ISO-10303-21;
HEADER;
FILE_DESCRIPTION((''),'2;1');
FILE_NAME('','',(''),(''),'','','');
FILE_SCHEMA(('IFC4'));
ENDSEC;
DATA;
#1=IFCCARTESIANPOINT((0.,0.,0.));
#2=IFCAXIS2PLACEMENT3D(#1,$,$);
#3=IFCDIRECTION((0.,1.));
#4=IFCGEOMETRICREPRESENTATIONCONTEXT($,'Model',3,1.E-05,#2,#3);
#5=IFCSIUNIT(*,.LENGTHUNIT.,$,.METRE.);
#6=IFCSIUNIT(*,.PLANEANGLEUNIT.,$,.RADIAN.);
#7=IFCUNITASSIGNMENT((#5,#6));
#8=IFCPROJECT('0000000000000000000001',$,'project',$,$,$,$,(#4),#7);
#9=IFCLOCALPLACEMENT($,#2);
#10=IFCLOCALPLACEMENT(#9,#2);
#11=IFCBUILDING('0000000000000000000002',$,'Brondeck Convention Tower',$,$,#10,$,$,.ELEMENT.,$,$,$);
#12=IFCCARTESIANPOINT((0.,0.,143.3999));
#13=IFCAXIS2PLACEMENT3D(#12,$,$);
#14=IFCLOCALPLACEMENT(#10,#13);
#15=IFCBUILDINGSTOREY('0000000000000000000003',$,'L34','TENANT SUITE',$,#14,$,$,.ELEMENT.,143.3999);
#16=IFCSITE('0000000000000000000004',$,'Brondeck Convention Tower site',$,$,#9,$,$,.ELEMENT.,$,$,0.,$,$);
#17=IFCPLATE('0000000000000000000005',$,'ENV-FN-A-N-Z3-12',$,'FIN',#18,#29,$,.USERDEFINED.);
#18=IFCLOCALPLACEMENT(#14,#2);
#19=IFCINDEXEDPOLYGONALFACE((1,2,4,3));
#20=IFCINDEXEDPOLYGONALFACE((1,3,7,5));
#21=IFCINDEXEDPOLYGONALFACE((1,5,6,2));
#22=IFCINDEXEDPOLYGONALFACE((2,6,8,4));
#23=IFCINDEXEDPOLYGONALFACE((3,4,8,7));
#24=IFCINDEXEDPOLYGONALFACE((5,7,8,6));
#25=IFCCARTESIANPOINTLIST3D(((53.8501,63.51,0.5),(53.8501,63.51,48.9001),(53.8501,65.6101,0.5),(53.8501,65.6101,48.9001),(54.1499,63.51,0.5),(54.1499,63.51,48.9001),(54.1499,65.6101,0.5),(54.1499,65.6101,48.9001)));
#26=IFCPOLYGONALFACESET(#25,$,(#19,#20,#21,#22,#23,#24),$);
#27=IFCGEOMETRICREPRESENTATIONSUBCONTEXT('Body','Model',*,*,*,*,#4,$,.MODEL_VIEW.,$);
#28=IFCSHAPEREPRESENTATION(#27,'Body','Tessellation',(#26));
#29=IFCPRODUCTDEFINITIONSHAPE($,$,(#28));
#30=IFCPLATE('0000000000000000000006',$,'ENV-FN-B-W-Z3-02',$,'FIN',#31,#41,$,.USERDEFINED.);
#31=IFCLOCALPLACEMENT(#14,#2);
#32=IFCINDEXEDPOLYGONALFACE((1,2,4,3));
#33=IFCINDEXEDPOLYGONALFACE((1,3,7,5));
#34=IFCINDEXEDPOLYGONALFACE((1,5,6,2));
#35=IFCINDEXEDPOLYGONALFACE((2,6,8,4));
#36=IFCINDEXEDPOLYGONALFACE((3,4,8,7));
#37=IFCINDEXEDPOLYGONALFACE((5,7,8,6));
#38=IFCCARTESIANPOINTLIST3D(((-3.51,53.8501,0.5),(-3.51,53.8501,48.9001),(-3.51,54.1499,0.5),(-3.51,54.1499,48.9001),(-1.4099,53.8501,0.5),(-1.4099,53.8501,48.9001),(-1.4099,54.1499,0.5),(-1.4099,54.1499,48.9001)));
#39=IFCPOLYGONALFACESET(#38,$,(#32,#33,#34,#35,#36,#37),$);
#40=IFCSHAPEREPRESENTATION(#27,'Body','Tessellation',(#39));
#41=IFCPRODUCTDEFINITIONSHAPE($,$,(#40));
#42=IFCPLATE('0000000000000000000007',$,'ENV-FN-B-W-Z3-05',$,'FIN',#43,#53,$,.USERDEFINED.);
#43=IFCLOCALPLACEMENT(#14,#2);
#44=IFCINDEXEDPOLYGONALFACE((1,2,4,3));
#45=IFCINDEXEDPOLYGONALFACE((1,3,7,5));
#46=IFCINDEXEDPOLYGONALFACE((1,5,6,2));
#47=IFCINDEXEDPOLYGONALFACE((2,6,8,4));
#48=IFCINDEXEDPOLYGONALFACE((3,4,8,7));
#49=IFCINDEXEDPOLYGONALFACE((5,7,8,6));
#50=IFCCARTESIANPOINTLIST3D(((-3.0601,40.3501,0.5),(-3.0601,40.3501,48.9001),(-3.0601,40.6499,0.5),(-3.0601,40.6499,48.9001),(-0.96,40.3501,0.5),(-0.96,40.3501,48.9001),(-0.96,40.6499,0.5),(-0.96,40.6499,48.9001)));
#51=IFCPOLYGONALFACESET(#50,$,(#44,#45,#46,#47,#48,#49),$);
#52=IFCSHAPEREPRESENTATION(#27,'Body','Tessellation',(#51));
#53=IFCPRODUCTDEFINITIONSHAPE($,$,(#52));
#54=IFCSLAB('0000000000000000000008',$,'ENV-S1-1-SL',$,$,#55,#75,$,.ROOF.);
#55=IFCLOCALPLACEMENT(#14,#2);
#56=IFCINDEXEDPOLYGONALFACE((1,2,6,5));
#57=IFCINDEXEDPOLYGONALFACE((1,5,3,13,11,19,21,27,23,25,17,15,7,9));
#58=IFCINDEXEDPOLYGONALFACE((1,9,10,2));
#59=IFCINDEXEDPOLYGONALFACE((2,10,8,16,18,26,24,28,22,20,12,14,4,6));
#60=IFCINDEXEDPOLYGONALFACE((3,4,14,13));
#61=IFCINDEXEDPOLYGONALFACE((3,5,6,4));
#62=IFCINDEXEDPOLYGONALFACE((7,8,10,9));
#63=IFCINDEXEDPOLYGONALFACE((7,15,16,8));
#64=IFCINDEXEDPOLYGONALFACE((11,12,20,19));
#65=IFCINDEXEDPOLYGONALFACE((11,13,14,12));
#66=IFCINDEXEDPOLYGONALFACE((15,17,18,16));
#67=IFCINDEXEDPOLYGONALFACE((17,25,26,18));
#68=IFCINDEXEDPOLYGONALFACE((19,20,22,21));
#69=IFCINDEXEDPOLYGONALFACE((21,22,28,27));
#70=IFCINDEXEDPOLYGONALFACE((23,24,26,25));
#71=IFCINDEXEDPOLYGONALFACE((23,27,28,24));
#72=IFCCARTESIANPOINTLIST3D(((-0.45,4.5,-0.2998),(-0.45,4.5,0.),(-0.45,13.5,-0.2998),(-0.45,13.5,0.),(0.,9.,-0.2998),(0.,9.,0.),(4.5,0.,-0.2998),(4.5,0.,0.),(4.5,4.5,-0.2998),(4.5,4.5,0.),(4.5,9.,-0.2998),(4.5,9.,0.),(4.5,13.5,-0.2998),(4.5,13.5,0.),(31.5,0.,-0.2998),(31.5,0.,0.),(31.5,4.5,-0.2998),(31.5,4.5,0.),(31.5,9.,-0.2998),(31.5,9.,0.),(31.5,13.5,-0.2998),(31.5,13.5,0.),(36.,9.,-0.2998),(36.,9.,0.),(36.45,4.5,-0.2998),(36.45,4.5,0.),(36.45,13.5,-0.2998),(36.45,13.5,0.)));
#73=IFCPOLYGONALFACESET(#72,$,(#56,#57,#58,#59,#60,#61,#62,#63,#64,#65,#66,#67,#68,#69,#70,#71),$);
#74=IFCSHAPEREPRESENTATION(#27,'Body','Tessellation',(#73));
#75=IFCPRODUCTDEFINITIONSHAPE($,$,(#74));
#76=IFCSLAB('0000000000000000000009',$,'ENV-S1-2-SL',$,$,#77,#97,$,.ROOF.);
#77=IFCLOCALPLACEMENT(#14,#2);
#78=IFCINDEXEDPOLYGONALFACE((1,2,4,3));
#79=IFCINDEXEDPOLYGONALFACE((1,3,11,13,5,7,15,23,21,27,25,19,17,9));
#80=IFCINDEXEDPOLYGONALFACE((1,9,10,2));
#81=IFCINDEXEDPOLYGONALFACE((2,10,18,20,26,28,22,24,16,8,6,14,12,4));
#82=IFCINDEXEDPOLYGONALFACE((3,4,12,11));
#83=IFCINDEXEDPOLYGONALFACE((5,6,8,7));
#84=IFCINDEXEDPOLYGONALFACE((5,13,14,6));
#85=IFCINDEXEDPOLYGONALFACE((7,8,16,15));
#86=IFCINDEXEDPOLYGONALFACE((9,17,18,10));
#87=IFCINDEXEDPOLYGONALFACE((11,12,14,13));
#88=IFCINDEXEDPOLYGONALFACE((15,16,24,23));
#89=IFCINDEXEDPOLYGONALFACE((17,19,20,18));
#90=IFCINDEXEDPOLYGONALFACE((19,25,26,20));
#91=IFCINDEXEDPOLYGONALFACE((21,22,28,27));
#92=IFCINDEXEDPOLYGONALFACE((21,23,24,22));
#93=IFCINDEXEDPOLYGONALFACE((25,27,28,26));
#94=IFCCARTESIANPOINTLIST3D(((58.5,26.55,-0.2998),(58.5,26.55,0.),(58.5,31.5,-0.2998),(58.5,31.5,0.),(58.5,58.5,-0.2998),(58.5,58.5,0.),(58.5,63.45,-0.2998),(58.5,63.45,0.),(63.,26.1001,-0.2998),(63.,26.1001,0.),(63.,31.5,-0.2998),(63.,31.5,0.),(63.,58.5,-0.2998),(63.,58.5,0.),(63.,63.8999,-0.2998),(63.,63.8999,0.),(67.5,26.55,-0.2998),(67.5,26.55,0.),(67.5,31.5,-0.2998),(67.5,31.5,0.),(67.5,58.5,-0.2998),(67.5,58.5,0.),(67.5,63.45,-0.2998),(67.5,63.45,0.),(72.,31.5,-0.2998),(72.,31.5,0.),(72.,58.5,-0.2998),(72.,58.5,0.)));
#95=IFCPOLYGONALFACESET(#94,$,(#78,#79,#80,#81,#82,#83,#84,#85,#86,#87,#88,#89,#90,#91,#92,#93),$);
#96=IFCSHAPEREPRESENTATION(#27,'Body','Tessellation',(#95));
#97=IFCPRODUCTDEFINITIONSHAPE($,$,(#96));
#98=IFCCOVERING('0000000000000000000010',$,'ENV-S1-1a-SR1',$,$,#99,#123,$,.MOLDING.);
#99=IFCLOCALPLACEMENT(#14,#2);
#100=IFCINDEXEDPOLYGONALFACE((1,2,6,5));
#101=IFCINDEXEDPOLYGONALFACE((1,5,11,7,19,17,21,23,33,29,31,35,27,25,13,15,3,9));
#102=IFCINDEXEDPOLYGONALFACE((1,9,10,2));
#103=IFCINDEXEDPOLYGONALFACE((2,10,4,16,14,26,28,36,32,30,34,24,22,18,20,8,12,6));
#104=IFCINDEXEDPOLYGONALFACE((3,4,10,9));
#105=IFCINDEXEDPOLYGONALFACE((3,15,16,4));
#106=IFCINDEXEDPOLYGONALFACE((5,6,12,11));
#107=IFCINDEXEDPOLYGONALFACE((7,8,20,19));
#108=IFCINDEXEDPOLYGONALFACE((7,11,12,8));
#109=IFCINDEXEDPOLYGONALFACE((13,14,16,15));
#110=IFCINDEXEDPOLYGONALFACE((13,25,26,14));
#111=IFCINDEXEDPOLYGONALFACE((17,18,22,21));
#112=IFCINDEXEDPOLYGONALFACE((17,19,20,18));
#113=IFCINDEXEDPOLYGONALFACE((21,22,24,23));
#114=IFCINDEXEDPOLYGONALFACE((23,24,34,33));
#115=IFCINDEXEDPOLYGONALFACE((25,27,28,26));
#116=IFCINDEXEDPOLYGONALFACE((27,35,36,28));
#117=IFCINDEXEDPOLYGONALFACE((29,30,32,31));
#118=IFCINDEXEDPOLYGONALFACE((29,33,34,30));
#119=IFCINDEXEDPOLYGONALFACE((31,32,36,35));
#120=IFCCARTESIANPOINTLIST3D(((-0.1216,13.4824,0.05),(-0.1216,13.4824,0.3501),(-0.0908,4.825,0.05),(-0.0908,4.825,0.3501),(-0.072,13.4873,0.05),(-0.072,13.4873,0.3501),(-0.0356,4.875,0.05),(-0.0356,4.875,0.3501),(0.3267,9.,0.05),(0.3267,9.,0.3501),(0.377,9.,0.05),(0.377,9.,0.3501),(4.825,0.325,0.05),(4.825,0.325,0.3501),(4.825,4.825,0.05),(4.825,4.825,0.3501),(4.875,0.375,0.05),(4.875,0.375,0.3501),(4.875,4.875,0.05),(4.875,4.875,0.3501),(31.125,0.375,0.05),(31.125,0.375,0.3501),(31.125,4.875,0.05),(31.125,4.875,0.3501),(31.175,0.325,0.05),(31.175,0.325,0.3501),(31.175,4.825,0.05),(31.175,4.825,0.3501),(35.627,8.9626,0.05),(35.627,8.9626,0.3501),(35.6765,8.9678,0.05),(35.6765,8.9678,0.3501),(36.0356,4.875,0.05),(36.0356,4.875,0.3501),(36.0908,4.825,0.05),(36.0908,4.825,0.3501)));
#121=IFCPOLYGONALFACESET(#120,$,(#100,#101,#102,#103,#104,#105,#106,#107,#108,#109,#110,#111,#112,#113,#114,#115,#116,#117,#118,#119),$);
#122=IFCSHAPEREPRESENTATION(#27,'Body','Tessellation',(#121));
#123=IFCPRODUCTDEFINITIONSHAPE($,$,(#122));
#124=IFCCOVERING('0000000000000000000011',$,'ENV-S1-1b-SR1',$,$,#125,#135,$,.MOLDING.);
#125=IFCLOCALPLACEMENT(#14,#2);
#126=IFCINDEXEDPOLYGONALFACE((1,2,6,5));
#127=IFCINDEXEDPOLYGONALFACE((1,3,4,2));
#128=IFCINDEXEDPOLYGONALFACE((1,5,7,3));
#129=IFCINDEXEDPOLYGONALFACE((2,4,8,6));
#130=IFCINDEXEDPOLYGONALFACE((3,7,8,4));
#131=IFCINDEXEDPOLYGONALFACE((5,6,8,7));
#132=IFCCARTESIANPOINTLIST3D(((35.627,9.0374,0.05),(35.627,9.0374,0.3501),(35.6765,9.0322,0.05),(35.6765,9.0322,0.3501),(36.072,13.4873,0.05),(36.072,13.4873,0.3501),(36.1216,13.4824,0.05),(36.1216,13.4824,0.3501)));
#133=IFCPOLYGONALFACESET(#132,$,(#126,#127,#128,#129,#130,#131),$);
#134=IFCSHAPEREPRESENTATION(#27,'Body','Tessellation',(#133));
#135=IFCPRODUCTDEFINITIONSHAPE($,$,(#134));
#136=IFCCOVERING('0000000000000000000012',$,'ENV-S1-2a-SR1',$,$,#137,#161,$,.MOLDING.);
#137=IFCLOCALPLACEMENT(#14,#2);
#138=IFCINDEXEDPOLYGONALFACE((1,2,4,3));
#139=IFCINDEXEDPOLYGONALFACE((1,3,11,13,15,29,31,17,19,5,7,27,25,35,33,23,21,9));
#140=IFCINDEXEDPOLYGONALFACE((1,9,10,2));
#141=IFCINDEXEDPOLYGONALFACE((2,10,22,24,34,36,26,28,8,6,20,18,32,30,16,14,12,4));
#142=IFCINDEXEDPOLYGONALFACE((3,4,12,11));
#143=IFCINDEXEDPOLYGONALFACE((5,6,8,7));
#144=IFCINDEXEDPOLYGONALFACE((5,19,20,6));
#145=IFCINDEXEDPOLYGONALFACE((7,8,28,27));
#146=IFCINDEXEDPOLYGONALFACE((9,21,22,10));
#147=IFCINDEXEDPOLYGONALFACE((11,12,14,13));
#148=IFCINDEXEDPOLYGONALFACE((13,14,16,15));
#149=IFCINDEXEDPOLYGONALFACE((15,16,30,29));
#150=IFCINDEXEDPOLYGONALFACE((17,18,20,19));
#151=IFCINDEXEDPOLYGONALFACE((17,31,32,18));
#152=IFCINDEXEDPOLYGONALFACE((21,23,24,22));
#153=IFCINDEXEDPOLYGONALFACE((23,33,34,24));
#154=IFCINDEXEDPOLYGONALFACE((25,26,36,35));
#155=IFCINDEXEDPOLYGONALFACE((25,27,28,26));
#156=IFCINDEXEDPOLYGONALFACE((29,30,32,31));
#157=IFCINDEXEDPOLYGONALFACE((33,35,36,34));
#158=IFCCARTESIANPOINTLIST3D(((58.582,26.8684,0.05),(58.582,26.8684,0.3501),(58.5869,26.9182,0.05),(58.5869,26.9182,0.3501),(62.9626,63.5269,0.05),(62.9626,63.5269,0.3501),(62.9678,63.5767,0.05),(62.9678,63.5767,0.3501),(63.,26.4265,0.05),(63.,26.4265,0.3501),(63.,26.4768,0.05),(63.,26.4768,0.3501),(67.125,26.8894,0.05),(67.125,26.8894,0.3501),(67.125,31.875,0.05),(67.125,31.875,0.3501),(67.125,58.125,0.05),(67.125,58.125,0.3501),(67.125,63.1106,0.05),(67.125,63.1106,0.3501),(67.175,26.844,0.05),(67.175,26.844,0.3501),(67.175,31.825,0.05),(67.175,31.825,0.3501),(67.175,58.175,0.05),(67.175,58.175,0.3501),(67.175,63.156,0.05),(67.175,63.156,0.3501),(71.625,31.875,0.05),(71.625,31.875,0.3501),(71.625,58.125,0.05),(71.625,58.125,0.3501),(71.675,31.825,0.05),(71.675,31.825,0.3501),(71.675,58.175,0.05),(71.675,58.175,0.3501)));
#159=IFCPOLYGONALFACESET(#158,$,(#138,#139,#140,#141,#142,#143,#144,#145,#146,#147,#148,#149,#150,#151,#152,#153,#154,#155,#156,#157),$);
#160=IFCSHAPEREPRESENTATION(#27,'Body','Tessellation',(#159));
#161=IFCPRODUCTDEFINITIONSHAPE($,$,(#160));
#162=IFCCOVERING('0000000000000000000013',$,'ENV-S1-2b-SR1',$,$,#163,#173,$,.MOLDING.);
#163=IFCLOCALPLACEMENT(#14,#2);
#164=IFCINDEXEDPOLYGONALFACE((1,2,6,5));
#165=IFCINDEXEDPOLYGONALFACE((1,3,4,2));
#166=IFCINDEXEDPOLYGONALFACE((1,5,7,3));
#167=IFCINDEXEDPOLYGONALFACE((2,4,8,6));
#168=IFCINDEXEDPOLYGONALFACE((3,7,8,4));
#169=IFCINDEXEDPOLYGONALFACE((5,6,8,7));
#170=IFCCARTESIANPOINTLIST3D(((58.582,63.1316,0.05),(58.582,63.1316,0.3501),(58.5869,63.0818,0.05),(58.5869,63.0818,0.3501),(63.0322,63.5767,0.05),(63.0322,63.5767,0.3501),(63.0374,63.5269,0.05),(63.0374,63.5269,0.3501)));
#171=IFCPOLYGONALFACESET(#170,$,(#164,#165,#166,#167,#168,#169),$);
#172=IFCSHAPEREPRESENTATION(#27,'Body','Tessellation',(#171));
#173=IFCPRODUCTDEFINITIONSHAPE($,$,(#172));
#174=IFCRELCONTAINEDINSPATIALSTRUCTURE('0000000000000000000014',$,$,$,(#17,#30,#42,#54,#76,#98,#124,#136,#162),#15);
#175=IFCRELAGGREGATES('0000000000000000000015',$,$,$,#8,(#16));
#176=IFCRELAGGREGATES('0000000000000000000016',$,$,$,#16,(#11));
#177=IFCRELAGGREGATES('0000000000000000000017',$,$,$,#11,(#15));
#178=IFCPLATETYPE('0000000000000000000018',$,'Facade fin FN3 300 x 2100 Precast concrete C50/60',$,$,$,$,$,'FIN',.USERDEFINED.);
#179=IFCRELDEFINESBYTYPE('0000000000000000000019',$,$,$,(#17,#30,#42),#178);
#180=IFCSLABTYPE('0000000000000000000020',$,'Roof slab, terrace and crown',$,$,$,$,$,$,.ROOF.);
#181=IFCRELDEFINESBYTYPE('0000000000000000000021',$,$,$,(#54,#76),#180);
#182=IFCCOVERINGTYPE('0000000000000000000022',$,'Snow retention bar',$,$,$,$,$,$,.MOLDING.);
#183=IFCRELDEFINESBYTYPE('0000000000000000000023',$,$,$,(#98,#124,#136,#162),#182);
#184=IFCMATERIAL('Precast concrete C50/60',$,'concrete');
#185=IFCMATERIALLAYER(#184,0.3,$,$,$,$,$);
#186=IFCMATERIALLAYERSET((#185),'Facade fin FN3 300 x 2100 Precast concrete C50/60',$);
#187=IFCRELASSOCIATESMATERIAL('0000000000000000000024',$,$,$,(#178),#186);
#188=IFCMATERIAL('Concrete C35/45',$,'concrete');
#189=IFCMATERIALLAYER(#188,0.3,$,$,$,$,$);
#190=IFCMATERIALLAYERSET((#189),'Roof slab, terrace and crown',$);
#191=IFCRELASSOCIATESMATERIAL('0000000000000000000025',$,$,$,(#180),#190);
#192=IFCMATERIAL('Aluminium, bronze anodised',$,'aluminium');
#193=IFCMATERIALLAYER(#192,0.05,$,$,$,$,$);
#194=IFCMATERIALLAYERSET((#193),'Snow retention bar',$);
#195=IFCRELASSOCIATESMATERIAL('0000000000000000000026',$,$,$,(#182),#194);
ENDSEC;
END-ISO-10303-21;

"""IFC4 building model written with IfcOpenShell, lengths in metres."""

from ifc_helpers import new_model, si_unit, direction, frame, origin, place, context, subcontext, project, spatial, polyline, outline, extrude, material, layer, layer_set, type_object, element, save


model = new_model("IFC4")

# Units and contexts
model_context = context("Model", 3, precision=1e-05, world=origin(), true_north=direction((0.0, 1.0)))
body_context = subcontext(model_context, "Body", "Model", "MODEL_VIEW")
ifc_project = project(units=[si_unit("LENGTHUNIT", "METRE"), si_unit("PLANEANGLEUNIT", "RADIAN")], contexts=[model_context])

# Site, building, storey
site_placement = place(None, origin())
site = spatial("IfcSite", under=ifc_project, at=site_placement, Name="Brondeck Convention Tower site", CompositionType="ELEMENT", RefElevation=0.0)
building_placement = place(site_placement, origin())
building = spatial("IfcBuilding", under=site, at=building_placement, Name="Brondeck Convention Tower", CompositionType="ELEMENT")
storey_placement = place(building_placement, frame((0.0, 0.0, 143.3999)))
storey = spatial("IfcBuildingStorey", under=building, at=storey_placement, Name="L34", Description="TENANT SUITE", CompositionType="ELEMENT", Elevation=143.3999)

# Shared definitions
ifc_material_1 = material(Name="Concrete C35/45", Category="concrete")

# Plates
ifc_material_2 = material(Name="Precast concrete C50/60", Category="concrete")
ifc_layer_1 = layer(ifc_material_2, 0.3)
ifc_layer_set_1 = layer_set([ifc_layer_1], Name="Facade fin FN3 300 x 2100 Precast concrete C50/60")
plate_type_1 = type_object("IfcPlateType", Name="Facade fin FN3 300 x 2100 Precast concrete C50/60", ElementType="FIN", PredefinedType="USERDEFINED", material=ifc_layer_set_1)
plate_1_placement = place(storey_placement, frame((0.0, 0.0, 0.5)))
element("IfcPlate", 1, at=plate_1_placement, inside=storey, type_object=plate_type_1, Name="ENV-FN-A-N-Z3-12", ObjectType="FIN", PredefinedType="USERDEFINED", context=body_context, shape_type="SweptSolid", body=[
    extrude(outline(polyline([(53.8501, 65.6101), (53.8501, 63.51), (54.1499, 63.51), (54.1499, 65.6101), (53.8501, 65.6101)])), origin(), (0.0, 0.0, 1.0), 48.4001),
])
plate_2_placement = place(storey_placement, frame((0.0, 0.0, 0.5)))
element("IfcPlate", 2, at=plate_2_placement, inside=storey, type_object=plate_type_1, Name="ENV-FN-B-W-Z3-02", ObjectType="FIN", PredefinedType="USERDEFINED", context=body_context, shape_type="SweptSolid", body=[
    extrude(outline(polyline([(-3.51, 53.8501), (-1.4099, 53.8501), (-1.4099, 54.1499), (-3.51, 54.1499), (-3.51, 53.8501)])), origin(), (0.0, 0.0, 1.0), 48.4001),
])
plate_3_placement = place(storey_placement, frame((0.0, 0.0, 0.5)))
element("IfcPlate", 3, at=plate_3_placement, inside=storey, type_object=plate_type_1, Name="ENV-FN-B-W-Z3-05", ObjectType="FIN", PredefinedType="USERDEFINED", context=body_context, shape_type="SweptSolid", body=[
    extrude(outline(polyline([(-3.0601, 40.3501), (-0.96, 40.3501), (-0.96, 40.6499), (-3.0601, 40.6499), (-3.0601, 40.3501)])), origin(), (0.0, 0.0, 1.0), 48.4001),
])

# Slabs
ifc_layer_2 = layer(ifc_material_1, 0.3)
ifc_layer_set_2 = layer_set([ifc_layer_2], Name="Roof slab, terrace and crown")
slab_type_1 = type_object("IfcSlabType", Name="Roof slab, terrace and crown", PredefinedType="ROOF", material=ifc_layer_set_2)
slab_1_placement = place(storey_placement, frame((0.0, 0.0, -0.2998)))
element("IfcSlab", 4, at=slab_1_placement, inside=storey, type_object=slab_type_1, Name="ENV-S1-1-SL", PredefinedType="ROOF", context=body_context, shape_type="SweptSolid", body=[
    extrude(outline(polyline([(36.0, 9.0), (36.45, 13.5), (31.5, 13.5), (31.5, 9.0), (4.5, 9.0), (4.5, 13.5), (-0.45, 13.5), (0.0, 9.0), (-0.45, 4.5), (4.5, 4.5), (4.5, 0.0), (31.5, 0.0), (31.5, 4.5), (36.45, 4.5), (36.0, 9.0)])), origin(), (0.0, 0.0, 1.0), 0.2998),
])
slab_2_placement = place(storey_placement, frame((0.0, 0.0, -0.2998)))
element("IfcSlab", 5, at=slab_2_placement, inside=storey, type_object=slab_type_1, Name="ENV-S1-2-SL", PredefinedType="ROOF", context=body_context, shape_type="SweptSolid", body=[
    extrude(outline(polyline([(63.0, 63.8999), (58.5, 63.45), (58.5, 58.5), (63.0, 58.5), (63.0, 31.5), (58.5, 31.5), (58.5, 26.55), (63.0, 26.1001), (67.5, 26.55), (67.5, 31.5), (72.0, 31.5), (72.0, 58.5), (67.5, 58.5), (67.5, 63.45), (63.0, 63.8999)])), origin(), (0.0, 0.0, 1.0), 0.2998),
])

# Coverings
ifc_material_3 = material(Name="Aluminium, bronze anodised", Category="aluminium")
ifc_layer_3 = layer(ifc_material_3, 0.05)
ifc_layer_set_3 = layer_set([ifc_layer_3], Name="Snow retention bar")
covering_type_1 = type_object("IfcCoveringType", Name="Snow retention bar", PredefinedType="MOLDING", material=ifc_layer_set_3)
covering_1_placement = place(storey_placement, frame((0.0, 0.0, 0.05)))
element("IfcCovering", 6, at=covering_1_placement, inside=storey, type_object=covering_type_1, Name="ENV-S1-1a-SR1", PredefinedType="MOLDING", context=body_context, shape_type="SweptSolid", body=[
    extrude(outline(polyline([(36.0908, 4.825), (35.6765, 8.9678), (35.627, 8.9626), (36.0356, 4.875), (31.125, 4.875), (31.125, 0.375), (4.875, 0.375), (4.875, 4.875), (-0.0356, 4.875), (0.377, 9.0), (-0.072, 13.4873), (-0.1216, 13.4824), (0.3267, 9.0), (-0.0908, 4.825), (4.825, 4.825), (4.825, 0.325), (31.175, 0.325), (31.175, 4.825), (36.0908, 4.825)])), origin(), (0.0, 0.0, 1.0), 0.3),
])
covering_2_placement = place(storey_placement, frame((0.0, 0.0, 0.05)))
element("IfcCovering", 7, at=covering_2_placement, inside=storey, type_object=covering_type_1, Name="ENV-S1-1b-SR1", PredefinedType="MOLDING", context=body_context, shape_type="SweptSolid", body=[
    extrude(outline(polyline([(35.6765, 9.0322), (36.1216, 13.4824), (36.072, 13.4873), (35.627, 9.0374), (35.6765, 9.0322)])), origin(), (0.0, 0.0, 1.0), 0.3),
])
covering_3_placement = place(storey_placement, frame((0.0, 0.0, 0.05)))
element("IfcCovering", 8, at=covering_3_placement, inside=storey, type_object=covering_type_1, Name="ENV-S1-2a-SR1", PredefinedType="MOLDING", context=body_context, shape_type="SweptSolid", body=[
    extrude(outline(polyline([(67.175, 63.156), (62.9678, 63.5767), (62.9626, 63.5269), (67.125, 63.1106), (67.125, 58.125), (71.625, 58.125), (71.625, 31.875), (67.125, 31.875), (67.125, 26.8894), (63.0, 26.4768), (58.5869, 26.9182), (58.582, 26.8684), (63.0, 26.4265), (67.175, 26.844), (67.175, 31.825), (71.675, 31.825), (71.675, 58.175), (67.175, 58.175), (67.175, 63.156)])), origin(), (0.0, 0.0, 1.0), 0.3),
])
covering_4_placement = place(storey_placement, frame((0.0, 0.0, 0.05)))
element("IfcCovering", 9, at=covering_4_placement, inside=storey, type_object=covering_type_1, Name="ENV-S1-2b-SR1", PredefinedType="MOLDING", context=body_context, shape_type="SweptSolid", body=[
    extrude(outline(polyline([(63.0322, 63.5767), (58.582, 63.1316), (58.5869, 63.0818), (63.0374, 63.5269), (63.0322, 63.5767)])), origin(), (0.0, 0.0, 1.0), 0.3),
])

save(model, "model.ifc")
